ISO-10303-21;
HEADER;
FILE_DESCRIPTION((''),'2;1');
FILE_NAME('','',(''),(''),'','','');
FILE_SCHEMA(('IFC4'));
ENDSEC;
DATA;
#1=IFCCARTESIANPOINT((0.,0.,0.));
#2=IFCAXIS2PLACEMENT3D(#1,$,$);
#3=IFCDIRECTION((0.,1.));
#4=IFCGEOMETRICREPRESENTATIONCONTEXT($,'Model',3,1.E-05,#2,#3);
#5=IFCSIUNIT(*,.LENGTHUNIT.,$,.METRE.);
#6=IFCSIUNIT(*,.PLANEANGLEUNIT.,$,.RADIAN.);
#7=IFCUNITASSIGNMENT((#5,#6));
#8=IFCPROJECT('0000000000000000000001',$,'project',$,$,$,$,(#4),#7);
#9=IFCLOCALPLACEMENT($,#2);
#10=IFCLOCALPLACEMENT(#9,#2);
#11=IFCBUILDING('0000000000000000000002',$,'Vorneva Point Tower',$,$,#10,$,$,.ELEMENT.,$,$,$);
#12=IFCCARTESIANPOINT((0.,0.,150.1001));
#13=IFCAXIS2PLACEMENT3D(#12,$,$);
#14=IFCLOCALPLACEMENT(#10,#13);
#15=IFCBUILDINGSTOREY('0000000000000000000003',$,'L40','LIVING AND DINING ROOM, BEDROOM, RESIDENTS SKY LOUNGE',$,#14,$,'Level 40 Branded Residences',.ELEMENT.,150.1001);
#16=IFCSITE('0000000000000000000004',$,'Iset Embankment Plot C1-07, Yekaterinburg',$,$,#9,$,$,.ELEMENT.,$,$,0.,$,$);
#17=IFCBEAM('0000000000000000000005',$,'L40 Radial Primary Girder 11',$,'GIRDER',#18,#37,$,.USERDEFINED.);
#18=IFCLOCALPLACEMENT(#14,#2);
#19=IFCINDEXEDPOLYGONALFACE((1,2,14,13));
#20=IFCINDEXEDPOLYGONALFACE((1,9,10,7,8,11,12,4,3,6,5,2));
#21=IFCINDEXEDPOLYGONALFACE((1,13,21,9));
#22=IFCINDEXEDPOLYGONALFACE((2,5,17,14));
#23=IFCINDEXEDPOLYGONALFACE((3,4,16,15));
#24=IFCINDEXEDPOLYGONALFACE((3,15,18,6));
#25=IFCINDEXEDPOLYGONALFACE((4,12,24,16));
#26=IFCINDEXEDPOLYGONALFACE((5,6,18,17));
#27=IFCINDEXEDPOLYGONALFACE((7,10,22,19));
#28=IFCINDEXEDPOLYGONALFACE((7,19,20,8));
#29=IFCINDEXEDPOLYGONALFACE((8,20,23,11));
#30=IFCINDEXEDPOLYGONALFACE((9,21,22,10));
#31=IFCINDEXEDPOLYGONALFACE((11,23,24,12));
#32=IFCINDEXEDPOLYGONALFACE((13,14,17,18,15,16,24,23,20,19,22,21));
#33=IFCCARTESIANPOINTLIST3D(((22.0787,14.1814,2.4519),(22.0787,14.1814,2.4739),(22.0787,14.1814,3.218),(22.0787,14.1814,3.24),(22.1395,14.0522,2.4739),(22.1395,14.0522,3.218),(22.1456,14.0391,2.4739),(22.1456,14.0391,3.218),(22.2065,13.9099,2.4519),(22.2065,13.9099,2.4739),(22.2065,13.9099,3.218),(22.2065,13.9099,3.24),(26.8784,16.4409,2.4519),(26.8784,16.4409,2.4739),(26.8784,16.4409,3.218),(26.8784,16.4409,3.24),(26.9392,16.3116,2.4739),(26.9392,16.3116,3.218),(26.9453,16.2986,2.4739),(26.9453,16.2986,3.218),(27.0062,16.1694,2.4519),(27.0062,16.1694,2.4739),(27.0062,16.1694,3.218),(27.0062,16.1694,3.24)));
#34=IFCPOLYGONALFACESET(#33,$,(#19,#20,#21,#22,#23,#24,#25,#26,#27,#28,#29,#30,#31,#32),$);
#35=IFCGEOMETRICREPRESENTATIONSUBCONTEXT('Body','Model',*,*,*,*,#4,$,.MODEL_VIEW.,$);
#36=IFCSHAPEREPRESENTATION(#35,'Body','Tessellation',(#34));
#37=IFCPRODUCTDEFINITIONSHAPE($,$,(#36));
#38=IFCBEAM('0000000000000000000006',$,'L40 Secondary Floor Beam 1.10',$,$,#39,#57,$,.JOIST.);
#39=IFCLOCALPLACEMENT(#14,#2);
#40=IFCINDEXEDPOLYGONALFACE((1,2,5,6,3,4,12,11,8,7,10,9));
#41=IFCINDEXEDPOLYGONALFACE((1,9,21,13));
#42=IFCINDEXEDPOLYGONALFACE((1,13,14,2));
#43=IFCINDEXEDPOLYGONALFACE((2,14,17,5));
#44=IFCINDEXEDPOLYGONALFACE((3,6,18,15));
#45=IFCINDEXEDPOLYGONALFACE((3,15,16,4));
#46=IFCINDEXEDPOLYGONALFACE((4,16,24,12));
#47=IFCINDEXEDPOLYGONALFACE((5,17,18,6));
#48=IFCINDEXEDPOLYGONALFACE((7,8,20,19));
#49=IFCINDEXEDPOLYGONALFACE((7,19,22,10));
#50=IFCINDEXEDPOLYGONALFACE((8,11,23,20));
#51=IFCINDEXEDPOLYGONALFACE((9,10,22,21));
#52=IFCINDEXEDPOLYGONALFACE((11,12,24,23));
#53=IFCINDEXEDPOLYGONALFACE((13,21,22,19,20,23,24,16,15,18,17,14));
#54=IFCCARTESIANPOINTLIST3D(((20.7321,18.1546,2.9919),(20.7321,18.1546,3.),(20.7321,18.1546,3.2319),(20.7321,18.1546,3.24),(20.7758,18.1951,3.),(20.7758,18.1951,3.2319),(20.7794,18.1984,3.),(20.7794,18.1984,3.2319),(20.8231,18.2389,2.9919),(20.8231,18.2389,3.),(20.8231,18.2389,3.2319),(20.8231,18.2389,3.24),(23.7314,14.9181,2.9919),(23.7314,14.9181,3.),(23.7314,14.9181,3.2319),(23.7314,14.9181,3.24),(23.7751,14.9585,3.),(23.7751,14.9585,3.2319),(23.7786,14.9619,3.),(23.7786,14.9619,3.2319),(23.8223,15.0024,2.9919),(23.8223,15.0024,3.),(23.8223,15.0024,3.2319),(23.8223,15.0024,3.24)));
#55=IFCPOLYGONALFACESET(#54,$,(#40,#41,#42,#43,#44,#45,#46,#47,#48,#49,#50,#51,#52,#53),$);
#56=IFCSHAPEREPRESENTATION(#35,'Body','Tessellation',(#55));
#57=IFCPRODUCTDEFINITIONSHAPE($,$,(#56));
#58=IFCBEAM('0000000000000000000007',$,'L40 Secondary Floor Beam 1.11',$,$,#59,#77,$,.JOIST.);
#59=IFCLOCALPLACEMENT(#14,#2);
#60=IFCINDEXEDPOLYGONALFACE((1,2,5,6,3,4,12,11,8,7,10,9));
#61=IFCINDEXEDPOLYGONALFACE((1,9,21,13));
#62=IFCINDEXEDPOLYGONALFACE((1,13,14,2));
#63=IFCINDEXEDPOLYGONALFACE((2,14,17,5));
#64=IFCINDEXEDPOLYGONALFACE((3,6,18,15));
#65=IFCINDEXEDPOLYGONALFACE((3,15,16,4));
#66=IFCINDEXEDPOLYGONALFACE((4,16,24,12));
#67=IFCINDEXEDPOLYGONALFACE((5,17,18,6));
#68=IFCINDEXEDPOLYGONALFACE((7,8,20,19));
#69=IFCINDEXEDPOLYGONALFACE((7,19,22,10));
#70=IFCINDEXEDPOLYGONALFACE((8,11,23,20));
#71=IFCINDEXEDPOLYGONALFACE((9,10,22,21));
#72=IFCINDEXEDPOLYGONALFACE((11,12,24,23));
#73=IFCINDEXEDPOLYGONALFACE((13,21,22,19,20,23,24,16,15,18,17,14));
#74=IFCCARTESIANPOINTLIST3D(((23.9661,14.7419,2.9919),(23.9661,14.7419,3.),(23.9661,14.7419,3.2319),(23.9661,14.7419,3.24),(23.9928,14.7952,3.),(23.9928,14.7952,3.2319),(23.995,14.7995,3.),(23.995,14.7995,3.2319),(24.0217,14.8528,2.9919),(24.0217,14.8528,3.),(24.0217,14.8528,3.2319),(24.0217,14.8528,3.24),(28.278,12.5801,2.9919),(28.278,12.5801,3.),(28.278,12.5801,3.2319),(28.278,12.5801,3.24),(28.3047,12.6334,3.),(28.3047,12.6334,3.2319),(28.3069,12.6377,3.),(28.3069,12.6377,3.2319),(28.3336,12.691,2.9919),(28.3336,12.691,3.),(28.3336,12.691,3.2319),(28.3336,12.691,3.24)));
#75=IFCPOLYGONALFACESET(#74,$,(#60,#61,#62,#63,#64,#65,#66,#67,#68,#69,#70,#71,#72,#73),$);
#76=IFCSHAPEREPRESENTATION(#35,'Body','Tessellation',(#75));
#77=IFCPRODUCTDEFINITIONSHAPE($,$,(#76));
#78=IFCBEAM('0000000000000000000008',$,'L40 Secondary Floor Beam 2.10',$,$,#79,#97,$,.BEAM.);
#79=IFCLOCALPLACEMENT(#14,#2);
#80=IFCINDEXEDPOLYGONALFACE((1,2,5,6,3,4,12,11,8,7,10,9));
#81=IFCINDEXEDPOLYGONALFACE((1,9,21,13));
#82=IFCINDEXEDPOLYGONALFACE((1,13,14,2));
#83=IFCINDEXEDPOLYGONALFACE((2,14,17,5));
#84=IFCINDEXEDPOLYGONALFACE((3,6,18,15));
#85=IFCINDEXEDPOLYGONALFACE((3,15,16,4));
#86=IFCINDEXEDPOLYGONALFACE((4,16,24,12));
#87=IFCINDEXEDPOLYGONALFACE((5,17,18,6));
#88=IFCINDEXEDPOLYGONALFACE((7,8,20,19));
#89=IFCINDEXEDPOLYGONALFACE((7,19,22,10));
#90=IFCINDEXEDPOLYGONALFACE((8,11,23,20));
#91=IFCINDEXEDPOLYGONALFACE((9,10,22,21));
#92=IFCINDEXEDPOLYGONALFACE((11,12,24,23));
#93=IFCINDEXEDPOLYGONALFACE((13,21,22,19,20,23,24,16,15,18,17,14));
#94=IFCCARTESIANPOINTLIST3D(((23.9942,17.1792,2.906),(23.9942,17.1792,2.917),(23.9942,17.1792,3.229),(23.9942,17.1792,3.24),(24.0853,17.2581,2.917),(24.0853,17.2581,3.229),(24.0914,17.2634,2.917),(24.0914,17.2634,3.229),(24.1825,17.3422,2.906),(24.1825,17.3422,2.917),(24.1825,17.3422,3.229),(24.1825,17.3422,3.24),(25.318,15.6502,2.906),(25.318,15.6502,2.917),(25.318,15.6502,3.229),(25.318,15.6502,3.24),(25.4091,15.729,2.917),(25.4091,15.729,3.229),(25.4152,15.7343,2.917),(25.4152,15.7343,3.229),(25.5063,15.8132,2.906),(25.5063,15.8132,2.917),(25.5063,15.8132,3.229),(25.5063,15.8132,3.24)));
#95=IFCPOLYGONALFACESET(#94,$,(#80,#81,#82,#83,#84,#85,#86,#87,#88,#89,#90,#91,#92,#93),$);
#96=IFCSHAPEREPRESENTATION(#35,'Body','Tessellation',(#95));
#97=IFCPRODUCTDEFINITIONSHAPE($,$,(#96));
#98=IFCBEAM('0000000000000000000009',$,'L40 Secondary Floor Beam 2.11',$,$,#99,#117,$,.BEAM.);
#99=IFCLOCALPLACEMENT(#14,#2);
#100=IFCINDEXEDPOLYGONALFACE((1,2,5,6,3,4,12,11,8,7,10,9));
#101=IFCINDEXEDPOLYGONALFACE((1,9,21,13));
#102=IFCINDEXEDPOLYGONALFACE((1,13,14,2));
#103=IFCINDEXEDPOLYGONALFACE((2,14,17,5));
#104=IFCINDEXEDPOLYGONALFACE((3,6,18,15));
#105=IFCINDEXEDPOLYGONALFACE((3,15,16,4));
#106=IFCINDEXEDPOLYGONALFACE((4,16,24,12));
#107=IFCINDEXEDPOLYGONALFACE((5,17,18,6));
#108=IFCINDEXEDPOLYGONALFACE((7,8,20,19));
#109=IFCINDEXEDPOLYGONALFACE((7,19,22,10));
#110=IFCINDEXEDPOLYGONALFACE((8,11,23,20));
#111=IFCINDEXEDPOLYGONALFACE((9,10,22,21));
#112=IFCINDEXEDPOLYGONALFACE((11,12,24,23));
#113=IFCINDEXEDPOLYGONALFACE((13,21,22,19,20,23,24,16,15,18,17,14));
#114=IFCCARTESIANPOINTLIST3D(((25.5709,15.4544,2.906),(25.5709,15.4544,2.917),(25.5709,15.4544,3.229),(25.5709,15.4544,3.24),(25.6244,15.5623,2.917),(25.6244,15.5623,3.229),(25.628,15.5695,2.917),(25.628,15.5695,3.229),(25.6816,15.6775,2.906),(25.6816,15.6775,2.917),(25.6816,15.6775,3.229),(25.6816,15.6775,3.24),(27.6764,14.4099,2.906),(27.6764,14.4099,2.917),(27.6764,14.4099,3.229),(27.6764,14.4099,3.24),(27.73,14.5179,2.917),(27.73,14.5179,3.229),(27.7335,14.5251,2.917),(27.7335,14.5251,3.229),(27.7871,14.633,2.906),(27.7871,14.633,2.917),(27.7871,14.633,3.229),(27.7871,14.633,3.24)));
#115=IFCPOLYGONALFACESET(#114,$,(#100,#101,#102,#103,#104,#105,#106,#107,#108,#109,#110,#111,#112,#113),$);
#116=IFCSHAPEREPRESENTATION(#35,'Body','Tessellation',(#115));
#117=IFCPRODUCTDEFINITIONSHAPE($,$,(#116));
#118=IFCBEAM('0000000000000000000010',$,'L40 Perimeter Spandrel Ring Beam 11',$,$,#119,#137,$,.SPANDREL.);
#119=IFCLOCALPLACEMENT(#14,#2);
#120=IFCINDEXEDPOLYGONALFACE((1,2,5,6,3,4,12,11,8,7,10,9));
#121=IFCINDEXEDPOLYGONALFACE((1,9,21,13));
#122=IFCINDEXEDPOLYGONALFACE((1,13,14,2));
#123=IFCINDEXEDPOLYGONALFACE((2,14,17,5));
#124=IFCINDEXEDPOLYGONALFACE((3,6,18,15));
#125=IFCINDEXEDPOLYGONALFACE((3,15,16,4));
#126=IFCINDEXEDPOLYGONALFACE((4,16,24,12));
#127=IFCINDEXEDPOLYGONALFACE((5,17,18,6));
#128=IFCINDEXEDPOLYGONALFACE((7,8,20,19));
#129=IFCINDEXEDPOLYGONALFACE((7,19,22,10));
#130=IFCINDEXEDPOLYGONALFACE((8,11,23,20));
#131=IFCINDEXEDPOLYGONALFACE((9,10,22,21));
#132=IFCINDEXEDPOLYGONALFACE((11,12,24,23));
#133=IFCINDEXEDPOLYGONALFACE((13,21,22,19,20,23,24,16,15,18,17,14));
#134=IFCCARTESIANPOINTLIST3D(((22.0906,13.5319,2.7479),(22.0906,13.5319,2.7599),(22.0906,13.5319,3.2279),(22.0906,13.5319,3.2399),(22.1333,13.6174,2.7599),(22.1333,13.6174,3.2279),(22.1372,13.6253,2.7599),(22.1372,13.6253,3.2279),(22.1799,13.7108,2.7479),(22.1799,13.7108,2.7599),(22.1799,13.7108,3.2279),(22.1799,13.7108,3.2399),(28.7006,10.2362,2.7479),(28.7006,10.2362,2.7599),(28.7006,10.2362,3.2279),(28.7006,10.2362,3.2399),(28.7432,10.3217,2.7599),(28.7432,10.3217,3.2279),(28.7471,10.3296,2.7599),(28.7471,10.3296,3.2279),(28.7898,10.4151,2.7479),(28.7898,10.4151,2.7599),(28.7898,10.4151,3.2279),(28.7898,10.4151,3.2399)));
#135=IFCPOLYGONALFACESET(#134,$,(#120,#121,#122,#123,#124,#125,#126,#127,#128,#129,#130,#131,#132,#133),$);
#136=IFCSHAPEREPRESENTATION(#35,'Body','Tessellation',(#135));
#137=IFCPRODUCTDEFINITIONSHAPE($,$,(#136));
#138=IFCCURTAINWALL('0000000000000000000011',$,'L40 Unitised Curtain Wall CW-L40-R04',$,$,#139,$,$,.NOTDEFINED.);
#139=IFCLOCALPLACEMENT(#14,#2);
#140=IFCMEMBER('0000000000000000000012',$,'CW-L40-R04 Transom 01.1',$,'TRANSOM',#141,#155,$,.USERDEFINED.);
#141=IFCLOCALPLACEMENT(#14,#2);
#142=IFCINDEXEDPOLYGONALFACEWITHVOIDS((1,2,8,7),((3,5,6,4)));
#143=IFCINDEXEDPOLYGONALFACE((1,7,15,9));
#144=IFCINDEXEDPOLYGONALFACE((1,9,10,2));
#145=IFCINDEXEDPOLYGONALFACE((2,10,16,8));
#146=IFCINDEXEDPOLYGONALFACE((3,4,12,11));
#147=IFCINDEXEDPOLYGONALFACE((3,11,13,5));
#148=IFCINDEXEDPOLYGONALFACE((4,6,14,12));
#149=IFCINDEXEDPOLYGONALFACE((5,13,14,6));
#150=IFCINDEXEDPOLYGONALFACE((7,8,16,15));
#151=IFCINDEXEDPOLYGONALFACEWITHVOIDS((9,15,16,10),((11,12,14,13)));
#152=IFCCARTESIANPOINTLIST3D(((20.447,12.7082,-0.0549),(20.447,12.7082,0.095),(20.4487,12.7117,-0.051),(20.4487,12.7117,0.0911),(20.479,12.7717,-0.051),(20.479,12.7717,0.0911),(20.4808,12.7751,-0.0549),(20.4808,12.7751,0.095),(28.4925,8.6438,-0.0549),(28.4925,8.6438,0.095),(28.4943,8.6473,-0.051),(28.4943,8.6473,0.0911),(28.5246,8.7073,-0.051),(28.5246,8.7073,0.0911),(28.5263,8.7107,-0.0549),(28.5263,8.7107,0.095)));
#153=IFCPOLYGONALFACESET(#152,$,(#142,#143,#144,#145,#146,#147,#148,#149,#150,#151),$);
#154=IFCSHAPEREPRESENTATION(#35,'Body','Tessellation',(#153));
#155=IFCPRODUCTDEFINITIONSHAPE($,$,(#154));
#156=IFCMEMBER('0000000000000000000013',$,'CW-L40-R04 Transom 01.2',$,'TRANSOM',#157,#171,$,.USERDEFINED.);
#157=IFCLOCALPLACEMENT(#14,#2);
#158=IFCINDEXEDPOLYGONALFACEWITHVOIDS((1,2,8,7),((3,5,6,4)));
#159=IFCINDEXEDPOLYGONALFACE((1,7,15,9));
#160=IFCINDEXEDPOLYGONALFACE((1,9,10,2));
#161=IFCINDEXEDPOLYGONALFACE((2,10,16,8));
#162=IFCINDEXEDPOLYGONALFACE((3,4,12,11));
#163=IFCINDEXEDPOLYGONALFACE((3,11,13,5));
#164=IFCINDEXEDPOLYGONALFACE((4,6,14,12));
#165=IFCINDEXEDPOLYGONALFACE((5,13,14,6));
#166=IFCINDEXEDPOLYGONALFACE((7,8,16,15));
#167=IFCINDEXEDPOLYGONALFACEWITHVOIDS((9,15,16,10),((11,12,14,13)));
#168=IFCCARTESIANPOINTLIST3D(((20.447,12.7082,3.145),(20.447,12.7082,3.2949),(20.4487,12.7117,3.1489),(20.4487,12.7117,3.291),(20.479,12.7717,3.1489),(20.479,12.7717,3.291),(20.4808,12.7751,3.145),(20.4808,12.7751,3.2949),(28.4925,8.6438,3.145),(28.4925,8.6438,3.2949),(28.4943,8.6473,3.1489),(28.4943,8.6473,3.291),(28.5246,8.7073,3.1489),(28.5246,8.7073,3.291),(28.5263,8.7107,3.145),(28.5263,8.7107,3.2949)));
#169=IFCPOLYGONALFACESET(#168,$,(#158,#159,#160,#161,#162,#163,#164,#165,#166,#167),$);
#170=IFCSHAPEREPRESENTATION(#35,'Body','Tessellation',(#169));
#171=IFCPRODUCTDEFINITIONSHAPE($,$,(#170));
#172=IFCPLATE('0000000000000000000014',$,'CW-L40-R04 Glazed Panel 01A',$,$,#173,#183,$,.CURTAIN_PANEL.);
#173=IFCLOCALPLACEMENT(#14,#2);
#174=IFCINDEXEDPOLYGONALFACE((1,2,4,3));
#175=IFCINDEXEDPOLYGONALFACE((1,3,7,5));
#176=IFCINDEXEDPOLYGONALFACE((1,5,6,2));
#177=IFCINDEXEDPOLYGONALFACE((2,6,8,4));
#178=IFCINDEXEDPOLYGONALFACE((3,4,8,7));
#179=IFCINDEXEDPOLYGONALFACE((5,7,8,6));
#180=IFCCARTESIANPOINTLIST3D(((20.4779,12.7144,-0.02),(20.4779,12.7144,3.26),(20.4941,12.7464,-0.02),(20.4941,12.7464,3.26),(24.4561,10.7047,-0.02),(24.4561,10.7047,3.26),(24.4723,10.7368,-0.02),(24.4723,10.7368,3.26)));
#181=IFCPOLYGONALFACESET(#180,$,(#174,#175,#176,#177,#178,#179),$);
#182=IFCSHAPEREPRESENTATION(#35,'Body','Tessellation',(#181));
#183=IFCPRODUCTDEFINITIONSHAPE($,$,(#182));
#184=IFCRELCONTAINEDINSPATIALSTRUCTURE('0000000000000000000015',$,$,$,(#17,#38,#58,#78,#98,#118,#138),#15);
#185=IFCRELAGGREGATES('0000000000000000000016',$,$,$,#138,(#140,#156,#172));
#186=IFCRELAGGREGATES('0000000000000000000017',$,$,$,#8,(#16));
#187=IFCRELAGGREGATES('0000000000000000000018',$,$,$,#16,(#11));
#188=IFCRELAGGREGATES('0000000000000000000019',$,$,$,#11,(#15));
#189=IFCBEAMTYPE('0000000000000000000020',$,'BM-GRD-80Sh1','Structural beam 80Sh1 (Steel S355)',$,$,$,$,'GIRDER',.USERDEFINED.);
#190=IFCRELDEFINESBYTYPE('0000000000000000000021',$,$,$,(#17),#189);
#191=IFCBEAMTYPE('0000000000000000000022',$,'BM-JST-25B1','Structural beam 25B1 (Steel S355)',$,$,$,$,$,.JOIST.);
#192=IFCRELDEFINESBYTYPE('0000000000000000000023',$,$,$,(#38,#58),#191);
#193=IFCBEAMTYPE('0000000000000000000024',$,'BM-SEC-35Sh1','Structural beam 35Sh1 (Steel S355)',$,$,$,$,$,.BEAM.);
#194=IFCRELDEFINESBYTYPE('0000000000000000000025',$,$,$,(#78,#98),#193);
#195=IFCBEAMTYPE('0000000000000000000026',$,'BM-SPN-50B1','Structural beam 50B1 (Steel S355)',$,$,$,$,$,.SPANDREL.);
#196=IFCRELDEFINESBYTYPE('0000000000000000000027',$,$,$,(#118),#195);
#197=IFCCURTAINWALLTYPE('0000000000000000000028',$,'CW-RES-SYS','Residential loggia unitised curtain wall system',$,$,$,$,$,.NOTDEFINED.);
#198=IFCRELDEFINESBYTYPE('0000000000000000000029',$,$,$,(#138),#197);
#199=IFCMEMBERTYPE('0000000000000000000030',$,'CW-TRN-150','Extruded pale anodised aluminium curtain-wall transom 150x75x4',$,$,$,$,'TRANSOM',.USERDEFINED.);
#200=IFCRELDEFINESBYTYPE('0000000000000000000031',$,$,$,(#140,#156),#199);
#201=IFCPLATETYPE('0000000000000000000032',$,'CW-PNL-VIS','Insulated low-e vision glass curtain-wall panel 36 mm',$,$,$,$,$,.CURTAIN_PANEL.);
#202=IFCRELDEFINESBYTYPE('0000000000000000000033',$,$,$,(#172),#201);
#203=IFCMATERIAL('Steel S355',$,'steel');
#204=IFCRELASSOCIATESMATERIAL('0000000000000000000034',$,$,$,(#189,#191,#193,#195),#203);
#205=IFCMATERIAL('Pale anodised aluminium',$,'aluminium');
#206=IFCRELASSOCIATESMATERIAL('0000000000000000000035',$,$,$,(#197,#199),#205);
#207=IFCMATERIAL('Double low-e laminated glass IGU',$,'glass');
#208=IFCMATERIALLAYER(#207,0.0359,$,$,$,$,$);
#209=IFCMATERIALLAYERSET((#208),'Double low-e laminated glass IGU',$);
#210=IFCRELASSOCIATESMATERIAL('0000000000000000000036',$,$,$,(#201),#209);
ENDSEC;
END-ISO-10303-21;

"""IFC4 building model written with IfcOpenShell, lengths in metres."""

from ifc_helpers import new_model, si_unit, direction, frame, origin, origin_2d, place, context, subcontext, project, spatial, rectangle, hollow_rectangle, i_section, extrude, material, layer, layer_set, material_profile, profile_set, type_object, element, aggregate, save


model = new_model("IFC4")

# Units and contexts
model_context = context("Model", 3, precision=1e-05, world=origin(), true_north=direction((0.0, 1.0)))
body_context = subcontext(model_context, "Body", "Model", "MODEL_VIEW")
ifc_project = project(units=[si_unit("LENGTHUNIT", "METRE"), si_unit("PLANEANGLEUNIT", "RADIAN")], contexts=[model_context])

# Site, building, storey
site_placement = place(None, origin())
site = spatial("IfcSite", under=ifc_project, at=site_placement, Name="Iset Embankment Plot C1-07, Yekaterinburg", CompositionType="ELEMENT", RefElevation=0.0)
building_placement = place(site_placement, origin())
building = spatial("IfcBuilding", under=site, at=building_placement, Name="Vorneva Point Tower", CompositionType="ELEMENT")
storey_placement = place(building_placement, frame((0.0, 0.0, 150.1001)))
storey = spatial("IfcBuildingStorey", under=building, at=storey_placement, Name="L40", Description="LIVING AND DINING ROOM, BEDROOM, RESIDENTS SKY LOUNGE", LongName="Level 40 Branded Residences", CompositionType="ELEMENT", Elevation=150.1001)

# Beams
ifc_material_1 = material(Name="Steel S355", Category="steel")
ifc_material_profile_1 = material_profile(ifc_material_1, i_section(OverallWidth=0.3, OverallDepth=0.7881, WebThickness=0.0144, FlangeThickness=0.022, at=origin_2d()), Name="80Sh1")
ifc_profile_set_1 = profile_set([ifc_material_profile_1], Name="Steel S355")
beam_type_1 = type_object("IfcBeamType", Name="BM-GRD-80Sh1", Description="Structural beam 80Sh1 (Steel S355)", ElementType="GIRDER", PredefinedType="USERDEFINED", material=ifc_profile_set_1)
beam_1_placement = place(storey_placement, frame((22.1426, 14.0457, 2.8459), z_axis=(0.904761, 0.425919, 0.0), x_axis=(-0.425919, 0.904761, 0.0)))
element("IfcBeam", 1, at=beam_1_placement, inside=storey, type_object=beam_type_1, Name="L40 Radial Primary Girder 11", ObjectType="GIRDER", PredefinedType="USERDEFINED", context=body_context, shape_type="SweptSolid", body=[
    extrude(i_section(OverallWidth=0.3, OverallDepth=0.7881, WebThickness=0.0144, FlangeThickness=0.022, at=origin_2d()), origin(), (0.0, 0.0, 1.0), 5.3049),
])
ifc_material_profile_2 = material_profile(ifc_material_1, i_section(OverallWidth=0.124, OverallDepth=0.248, WebThickness=0.0049, FlangeThickness=0.0081, at=origin_2d()), Name="25B1")
ifc_profile_set_2 = profile_set([ifc_material_profile_2], Name="Steel S355")
beam_type_2 = type_object("IfcBeamType", Name="BM-JST-25B1", Description="Structural beam 25B1 (Steel S355)", PredefinedType="JOIST", material=ifc_profile_set_2)
beam_2_placement = place(storey_placement, frame((20.7776, 18.1968, 3.116), z_axis=(0.679706, -0.733485, 0.0), x_axis=(0.733485, 0.679706, 0.0)))
element("IfcBeam", 2, at=beam_2_placement, inside=storey, type_object=beam_type_2, Name="L40 Secondary Floor Beam 1.10", PredefinedType="JOIST", context=body_context, shape_type="SweptSolid", body=[
    extrude(i_section(OverallWidth=0.124, OverallDepth=0.248, WebThickness=0.0049, FlangeThickness=0.0081, at=origin_2d()), origin(), (0.0, 0.0, 1.0), 4.4126),
])
beam_3_placement = place(storey_placement, frame((23.9939, 14.7974, 3.116), z_axis=(0.893941, -0.448185, 0.0), x_axis=(0.448185, 0.893941, 0.0)))
element("IfcBeam", 3, at=beam_3_placement, inside=storey, type_object=beam_type_2, Name="L40 Secondary Floor Beam 1.11", PredefinedType="JOIST", context=body_context, shape_type="SweptSolid", body=[
    extrude(i_section(OverallWidth=0.124, OverallDepth=0.248, WebThickness=0.0049, FlangeThickness=0.0081, at=origin_2d()), origin(), (0.0, 0.0, 1.0), 4.8235),
])
ifc_material_profile_3 = material_profile(ifc_material_1, i_section(OverallWidth=0.249, OverallDepth=0.334, WebThickness=0.0081, FlangeThickness=0.011, at=origin_2d()), Name="35Sh1")
ifc_profile_set_3 = profile_set([ifc_material_profile_3], Name="Steel S355")
beam_type_3 = type_object("IfcBeamType", Name="BM-SEC-35Sh1", Description="Structural beam 35Sh1 (Steel S355)", PredefinedType="BEAM", material=ifc_profile_set_3)
beam_4_placement = place(storey_placement, frame((24.0884, 17.2607, 3.073), z_axis=(0.654521, -0.756043, 0.0), x_axis=(0.756043, 0.654521, 0.0)))
element("IfcBeam", 4, at=beam_4_placement, inside=storey, type_object=beam_type_3, Name="L40 Secondary Floor Beam 2.10", PredefinedType="BEAM", context=body_context, shape_type="SweptSolid", body=[
    extrude(i_section(OverallWidth=0.249, OverallDepth=0.334, WebThickness=0.0081, FlangeThickness=0.011, at=origin_2d()), origin(), (0.0, 0.0, 1.0), 2.0225),
])
beam_5_placement = place(storey_placement, frame((25.6262, 15.5659, 3.073), z_axis=(0.895835, -0.444386, 0.0), x_axis=(0.444386, 0.895835, 0.0)))
element("IfcBeam", 5, at=beam_5_placement, inside=storey, type_object=beam_type_3, Name="L40 Secondary Floor Beam 2.11", PredefinedType="BEAM", context=body_context, shape_type="SweptSolid", body=[
    extrude(i_section(OverallWidth=0.249, OverallDepth=0.334, WebThickness=0.0081, FlangeThickness=0.011, at=origin_2d()), origin(), (0.0, 0.0, 1.0), 2.3503),
])
ifc_material_profile_4 = material_profile(ifc_material_1, i_section(OverallWidth=0.2, OverallDepth=0.4919, WebThickness=0.0088, FlangeThickness=0.012, at=origin_2d()), Name="50B1")
ifc_profile_set_4 = profile_set([ifc_material_profile_4], Name="Steel S355")
beam_type_4 = type_object("IfcBeamType", Name="BM-SPN-50B1", Description="Structural beam 50B1 (Steel S355)", PredefinedType="SPANDREL", material=ifc_profile_set_4)
beam_6_placement = place(storey_placement, frame((22.1353, 13.6213, 2.9939), z_axis=(0.894929, -0.446208, 0.0), x_axis=(0.446208, 0.894929, 0.0)))
element("IfcBeam", 6, at=beam_6_placement, inside=storey, type_object=beam_type_4, Name="L40 Perimeter Spandrel Ring Beam 11", PredefinedType="SPANDREL", context=body_context, shape_type="SweptSolid", body=[
    extrude(i_section(OverallWidth=0.2, OverallDepth=0.4919, WebThickness=0.0088, FlangeThickness=0.012, at=origin_2d()), origin(), (0.0, 0.0, 1.0), 7.386),
])

# Curtain wall, members, plate
ifc_material_2 = material(Name="Pale anodised aluminium", Category="aluminium")
curtain_wall_type = type_object("IfcCurtainWallType", Name="CW-RES-SYS", Description="Residential loggia unitised curtain wall system", PredefinedType="NOTDEFINED", material=ifc_material_2)
curtain_wall_placement = place(storey_placement, origin())
curtain_wall = element("IfcCurtainWall", 7, at=curtain_wall_placement, inside=storey, type_object=curtain_wall_type, Name="L40 Unitised Curtain Wall CW-L40-R04", PredefinedType="NOTDEFINED")
ifc_material_profile_5 = material_profile(ifc_material_2, hollow_rectangle(XDim=0.075, YDim=0.1499, WallThickness=0.0039, at=origin_2d()), Name="AL-TRN 150x75x4")
ifc_profile_set_5 = profile_set([ifc_material_profile_5], Name="Pale anodised aluminium")
member_type = type_object("IfcMemberType", Name="CW-TRN-150", Description="Extruded pale anodised aluminium curtain-wall transom 150x75x4", ElementType="TRANSOM", PredefinedType="USERDEFINED", material=ifc_profile_set_5)
member_1_placement = place(storey_placement, frame((20.4639, 12.7417, 0.02), z_axis=(0.892572, -0.450904, 0.0), x_axis=(0.450904, 0.892572, 0.0)))
member_1 = element("IfcMember", 8, at=member_1_placement, type_object=member_type, Name="CW-L40-R04 Transom 01.1", ObjectType="TRANSOM", PredefinedType="USERDEFINED", context=body_context, shape_type="SweptSolid", body=[
    extrude(hollow_rectangle(XDim=0.075, YDim=0.1499, WallThickness=0.0039, at=origin_2d()), origin(), (0.0, 0.0, 1.0), 9.0139),
])
member_2_placement = place(storey_placement, frame((20.4639, 12.7417, 3.22), z_axis=(0.892572, -0.450904, 0.0), x_axis=(0.450904, 0.892572, 0.0)))
member_2 = element("IfcMember", 9, at=member_2_placement, type_object=member_type, Name="CW-L40-R04 Transom 01.2", ObjectType="TRANSOM", PredefinedType="USERDEFINED", context=body_context, shape_type="SweptSolid", body=[
    extrude(hollow_rectangle(XDim=0.075, YDim=0.1499, WallThickness=0.0039, at=origin_2d()), origin(), (0.0, 0.0, 1.0), 9.0139),
])
ifc_material_3 = material(Name="Double low-e laminated glass IGU", Category="glass")
ifc_layer_1 = layer(ifc_material_3, 0.0359)
ifc_layer_set_1 = layer_set([ifc_layer_1], Name="Double low-e laminated glass IGU")
plate_type = type_object("IfcPlateType", Name="CW-PNL-VIS", Description="Insulated low-e vision glass curtain-wall panel 36 mm", PredefinedType="CURTAIN_PANEL", material=ifc_layer_set_1)
plate_1_placement = place(storey_placement, frame((22.4751, 11.7256, -0.02), z_axis=(0.0, 0.0, 1.0), x_axis=(0.892578, -0.450893, 0.0)))
plate_1 = element("IfcPlate", 10, at=plate_1_placement, type_object=plate_type, Name="CW-L40-R04 Glazed Panel 01A", PredefinedType="CURTAIN_PANEL", context=body_context, shape_type="SweptSolid", body=[
    extrude(rectangle(XDim=4.457, YDim=0.0359, at=origin_2d()), origin(), (0.0, 0.0, 1.0), 3.28),
])
aggregate(curtain_wall, [member_1, member_2, plate_1])

save(model, "model.ifc")
